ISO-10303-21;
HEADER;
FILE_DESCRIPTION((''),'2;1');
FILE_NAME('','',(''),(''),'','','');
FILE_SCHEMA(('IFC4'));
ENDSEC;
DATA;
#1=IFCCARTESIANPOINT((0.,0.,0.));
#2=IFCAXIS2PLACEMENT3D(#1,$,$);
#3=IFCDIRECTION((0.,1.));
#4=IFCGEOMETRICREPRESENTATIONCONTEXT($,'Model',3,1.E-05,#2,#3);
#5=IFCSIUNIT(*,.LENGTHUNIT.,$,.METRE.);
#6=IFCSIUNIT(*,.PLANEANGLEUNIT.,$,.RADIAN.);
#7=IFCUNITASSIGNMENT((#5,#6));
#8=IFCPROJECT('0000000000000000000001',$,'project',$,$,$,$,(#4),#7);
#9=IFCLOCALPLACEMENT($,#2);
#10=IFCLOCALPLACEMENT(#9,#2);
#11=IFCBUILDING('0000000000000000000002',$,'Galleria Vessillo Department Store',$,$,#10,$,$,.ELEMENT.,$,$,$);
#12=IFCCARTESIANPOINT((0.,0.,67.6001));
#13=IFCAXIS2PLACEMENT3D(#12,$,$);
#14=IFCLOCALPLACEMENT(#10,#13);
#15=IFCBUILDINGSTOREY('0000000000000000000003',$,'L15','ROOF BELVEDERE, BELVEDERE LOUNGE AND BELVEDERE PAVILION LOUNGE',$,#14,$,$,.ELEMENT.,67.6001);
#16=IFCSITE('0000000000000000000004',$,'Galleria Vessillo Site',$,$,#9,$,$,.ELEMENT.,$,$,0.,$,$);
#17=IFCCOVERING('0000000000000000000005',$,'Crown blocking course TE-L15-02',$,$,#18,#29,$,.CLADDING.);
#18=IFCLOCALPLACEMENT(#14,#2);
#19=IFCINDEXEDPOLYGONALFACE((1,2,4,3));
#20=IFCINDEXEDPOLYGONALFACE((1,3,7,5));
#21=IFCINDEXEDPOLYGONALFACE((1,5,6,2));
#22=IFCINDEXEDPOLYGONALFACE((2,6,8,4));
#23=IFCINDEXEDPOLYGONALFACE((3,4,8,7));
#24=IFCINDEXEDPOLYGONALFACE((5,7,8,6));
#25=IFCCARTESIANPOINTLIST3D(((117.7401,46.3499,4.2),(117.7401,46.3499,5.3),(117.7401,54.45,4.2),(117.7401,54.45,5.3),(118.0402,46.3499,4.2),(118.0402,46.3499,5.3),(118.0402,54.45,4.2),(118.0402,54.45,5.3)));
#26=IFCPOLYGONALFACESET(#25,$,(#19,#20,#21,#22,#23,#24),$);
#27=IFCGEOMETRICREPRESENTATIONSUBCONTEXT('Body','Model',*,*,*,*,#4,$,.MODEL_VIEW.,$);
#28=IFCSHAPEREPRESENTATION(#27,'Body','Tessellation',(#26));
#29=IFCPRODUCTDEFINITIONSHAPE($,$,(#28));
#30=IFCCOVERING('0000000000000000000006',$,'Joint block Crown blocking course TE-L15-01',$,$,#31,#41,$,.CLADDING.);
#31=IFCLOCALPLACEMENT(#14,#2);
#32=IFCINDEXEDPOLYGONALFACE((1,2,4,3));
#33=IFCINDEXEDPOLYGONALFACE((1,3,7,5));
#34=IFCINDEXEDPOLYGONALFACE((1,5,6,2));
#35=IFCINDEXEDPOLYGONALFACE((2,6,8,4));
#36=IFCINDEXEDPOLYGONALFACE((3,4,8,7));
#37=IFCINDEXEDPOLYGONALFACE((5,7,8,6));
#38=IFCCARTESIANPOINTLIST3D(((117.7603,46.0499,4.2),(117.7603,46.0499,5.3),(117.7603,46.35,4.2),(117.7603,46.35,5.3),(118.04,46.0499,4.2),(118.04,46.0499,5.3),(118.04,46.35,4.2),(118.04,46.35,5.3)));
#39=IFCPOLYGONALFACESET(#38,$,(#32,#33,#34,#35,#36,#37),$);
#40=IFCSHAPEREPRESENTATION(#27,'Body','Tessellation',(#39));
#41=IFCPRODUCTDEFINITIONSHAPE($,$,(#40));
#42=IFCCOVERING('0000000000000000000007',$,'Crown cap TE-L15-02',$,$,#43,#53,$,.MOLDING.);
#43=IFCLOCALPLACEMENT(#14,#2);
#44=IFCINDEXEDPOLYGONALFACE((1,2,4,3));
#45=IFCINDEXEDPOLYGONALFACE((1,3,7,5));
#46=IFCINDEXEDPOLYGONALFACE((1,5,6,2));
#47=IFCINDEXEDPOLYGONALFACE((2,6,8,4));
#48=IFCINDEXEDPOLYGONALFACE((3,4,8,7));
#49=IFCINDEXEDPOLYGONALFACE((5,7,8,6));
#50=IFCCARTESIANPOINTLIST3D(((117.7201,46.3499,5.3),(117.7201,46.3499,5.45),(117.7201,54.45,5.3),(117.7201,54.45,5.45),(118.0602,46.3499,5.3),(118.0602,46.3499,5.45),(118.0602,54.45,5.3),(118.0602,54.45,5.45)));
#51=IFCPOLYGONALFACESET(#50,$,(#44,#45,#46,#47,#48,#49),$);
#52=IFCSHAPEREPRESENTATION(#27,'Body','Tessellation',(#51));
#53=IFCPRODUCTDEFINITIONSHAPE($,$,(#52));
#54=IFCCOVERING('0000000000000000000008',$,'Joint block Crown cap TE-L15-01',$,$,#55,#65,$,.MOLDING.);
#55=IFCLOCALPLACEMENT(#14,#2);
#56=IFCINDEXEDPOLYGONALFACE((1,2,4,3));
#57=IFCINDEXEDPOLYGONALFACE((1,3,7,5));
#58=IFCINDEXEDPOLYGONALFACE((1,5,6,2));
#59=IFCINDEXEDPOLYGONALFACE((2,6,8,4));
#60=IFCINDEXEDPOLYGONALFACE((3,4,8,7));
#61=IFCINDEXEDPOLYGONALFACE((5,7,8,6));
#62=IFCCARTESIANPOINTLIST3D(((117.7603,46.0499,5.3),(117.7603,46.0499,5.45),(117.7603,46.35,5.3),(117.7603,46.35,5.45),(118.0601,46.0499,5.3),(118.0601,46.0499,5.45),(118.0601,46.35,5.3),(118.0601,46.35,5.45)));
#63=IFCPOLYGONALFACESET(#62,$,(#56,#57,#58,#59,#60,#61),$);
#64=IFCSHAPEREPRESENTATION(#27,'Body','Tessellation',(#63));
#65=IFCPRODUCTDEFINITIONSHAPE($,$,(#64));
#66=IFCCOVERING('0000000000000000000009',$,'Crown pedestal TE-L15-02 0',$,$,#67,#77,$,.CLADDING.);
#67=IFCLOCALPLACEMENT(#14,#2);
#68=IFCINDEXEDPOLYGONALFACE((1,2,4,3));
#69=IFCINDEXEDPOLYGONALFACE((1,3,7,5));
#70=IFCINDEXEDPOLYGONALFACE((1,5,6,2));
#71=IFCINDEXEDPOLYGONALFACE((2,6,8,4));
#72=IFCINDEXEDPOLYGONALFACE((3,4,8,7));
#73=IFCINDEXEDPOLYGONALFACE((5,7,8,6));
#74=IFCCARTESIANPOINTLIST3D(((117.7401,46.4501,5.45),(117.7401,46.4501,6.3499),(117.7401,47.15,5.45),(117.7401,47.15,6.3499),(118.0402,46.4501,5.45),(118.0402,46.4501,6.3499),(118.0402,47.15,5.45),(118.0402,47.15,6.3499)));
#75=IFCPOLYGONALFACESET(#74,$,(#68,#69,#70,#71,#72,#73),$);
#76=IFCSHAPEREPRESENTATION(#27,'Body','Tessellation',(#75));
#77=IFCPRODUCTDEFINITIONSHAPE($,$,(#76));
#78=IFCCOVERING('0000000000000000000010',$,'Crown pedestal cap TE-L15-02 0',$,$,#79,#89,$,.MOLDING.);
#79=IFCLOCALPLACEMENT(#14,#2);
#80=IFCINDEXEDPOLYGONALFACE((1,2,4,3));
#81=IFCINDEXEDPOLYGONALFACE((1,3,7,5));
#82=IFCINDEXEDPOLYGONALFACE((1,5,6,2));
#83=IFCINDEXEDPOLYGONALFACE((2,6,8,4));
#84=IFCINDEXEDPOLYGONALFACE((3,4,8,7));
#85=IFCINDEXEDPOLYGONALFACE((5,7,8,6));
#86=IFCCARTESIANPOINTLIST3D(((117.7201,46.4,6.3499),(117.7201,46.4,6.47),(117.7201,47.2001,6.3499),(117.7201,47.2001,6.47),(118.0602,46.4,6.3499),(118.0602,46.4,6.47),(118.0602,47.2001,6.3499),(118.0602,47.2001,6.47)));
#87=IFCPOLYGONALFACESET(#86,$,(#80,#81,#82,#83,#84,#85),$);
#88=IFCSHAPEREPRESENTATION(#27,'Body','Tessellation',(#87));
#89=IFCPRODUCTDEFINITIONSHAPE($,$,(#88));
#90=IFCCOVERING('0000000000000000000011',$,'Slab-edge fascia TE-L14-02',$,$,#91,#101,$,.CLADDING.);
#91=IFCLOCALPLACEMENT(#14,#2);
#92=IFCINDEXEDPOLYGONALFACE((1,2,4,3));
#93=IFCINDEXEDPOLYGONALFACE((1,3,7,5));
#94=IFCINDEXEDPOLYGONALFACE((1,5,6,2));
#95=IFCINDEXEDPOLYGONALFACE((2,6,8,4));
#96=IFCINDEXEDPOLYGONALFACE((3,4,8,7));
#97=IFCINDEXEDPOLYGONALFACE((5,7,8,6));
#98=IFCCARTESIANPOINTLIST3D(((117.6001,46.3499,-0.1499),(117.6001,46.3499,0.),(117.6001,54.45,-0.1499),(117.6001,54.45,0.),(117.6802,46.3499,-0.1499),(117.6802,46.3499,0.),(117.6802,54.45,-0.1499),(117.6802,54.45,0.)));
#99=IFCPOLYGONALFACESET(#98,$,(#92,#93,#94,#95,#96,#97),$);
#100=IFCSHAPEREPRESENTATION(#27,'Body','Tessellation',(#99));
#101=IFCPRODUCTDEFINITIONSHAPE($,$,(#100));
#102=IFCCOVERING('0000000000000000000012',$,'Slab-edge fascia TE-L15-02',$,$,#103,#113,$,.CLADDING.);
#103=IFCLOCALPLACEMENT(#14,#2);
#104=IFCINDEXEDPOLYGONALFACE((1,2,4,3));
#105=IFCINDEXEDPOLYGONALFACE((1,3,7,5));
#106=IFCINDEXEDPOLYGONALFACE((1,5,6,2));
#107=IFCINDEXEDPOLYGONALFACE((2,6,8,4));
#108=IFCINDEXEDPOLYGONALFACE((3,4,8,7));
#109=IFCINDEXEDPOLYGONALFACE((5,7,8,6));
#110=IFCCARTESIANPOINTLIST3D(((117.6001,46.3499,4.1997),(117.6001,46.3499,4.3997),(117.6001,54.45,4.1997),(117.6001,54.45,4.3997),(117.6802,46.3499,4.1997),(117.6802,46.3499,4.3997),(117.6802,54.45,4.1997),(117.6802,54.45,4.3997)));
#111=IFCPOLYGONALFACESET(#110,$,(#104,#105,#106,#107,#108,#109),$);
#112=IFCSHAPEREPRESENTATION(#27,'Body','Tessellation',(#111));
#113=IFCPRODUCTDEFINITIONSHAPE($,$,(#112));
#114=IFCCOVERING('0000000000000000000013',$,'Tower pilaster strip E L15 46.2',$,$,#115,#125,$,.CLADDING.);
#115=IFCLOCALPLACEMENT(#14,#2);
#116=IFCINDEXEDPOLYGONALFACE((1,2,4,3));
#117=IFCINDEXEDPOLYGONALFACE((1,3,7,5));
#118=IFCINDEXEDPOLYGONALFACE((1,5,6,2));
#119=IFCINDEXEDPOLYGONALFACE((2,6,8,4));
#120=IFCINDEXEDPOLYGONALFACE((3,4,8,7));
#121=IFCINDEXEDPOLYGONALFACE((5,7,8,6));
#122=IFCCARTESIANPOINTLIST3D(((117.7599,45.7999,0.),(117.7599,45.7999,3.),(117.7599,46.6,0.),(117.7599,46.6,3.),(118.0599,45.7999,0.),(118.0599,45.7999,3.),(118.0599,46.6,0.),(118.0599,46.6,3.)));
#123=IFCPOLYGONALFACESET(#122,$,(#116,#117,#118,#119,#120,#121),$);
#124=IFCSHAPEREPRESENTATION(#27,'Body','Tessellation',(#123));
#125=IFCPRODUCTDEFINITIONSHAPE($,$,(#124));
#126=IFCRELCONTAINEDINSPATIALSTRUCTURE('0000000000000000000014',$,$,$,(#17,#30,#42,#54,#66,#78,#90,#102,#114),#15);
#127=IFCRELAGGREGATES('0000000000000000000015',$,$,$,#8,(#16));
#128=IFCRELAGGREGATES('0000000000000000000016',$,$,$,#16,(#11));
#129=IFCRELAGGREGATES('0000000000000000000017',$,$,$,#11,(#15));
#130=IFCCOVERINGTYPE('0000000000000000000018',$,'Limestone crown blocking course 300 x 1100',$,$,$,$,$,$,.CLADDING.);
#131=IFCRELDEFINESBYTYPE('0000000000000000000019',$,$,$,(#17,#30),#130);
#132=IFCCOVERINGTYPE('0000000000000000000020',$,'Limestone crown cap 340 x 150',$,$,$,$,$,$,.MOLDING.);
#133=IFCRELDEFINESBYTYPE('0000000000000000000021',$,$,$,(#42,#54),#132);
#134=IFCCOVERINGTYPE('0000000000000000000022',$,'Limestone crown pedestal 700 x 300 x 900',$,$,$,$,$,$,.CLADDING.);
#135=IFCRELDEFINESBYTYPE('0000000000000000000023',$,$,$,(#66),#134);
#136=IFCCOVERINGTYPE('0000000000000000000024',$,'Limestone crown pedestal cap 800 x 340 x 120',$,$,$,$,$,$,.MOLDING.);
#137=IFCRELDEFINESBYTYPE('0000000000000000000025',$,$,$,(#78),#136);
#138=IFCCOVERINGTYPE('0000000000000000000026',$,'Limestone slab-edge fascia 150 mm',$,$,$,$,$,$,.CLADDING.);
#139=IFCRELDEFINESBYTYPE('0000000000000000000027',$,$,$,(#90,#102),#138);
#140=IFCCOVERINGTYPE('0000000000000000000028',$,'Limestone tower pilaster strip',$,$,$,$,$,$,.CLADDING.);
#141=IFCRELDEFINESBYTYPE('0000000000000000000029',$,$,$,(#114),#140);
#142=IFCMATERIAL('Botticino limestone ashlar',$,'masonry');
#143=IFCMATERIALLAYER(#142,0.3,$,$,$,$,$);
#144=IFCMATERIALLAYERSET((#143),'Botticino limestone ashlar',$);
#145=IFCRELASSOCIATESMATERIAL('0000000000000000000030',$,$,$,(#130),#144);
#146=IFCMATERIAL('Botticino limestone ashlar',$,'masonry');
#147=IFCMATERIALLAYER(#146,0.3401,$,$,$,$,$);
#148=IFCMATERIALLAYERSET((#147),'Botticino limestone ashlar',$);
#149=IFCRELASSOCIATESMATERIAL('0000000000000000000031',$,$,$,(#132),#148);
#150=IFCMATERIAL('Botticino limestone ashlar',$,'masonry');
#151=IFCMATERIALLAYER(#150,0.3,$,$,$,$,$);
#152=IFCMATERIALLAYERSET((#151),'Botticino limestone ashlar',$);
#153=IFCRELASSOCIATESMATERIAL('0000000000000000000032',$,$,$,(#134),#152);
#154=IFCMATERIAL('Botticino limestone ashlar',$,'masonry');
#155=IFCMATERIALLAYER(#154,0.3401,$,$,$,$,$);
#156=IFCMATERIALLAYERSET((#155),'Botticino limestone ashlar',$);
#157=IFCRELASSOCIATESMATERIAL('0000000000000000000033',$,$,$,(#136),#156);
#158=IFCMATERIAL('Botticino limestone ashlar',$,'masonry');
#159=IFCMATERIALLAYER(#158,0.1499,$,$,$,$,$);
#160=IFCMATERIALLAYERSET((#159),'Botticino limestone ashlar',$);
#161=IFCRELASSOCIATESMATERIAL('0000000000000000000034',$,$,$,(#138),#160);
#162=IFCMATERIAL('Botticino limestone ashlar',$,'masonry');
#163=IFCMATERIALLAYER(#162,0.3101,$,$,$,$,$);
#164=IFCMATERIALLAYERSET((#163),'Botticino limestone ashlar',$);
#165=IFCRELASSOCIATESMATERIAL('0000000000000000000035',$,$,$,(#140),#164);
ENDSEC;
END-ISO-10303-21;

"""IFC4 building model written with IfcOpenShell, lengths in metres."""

from ifc_helpers import new_model, si_unit, direction, frame, origin, origin_2d, place, context, subcontext, project, spatial, rectangle, extrude, material, layer, layer_set, type_object, element, save


model = new_model("IFC4")

# Units and contexts
model_context = context("Model", 3, precision=1e-05, world=origin(), true_north=direction((0.0, 1.0)))
body_context = subcontext(model_context, "Body", "Model", "MODEL_VIEW")
ifc_project = project(units=[si_unit("LENGTHUNIT", "METRE"), si_unit("PLANEANGLEUNIT", "RADIAN")], contexts=[model_context])

# Site, building, storey
site_placement = place(None, origin())
site = spatial("IfcSite", under=ifc_project, at=site_placement, Name="Galleria Vessillo Site", CompositionType="ELEMENT", RefElevation=0.0)
building_placement = place(site_placement, origin())
building = spatial("IfcBuilding", under=site, at=building_placement, Name="Galleria Vessillo Department Store", CompositionType="ELEMENT")
storey_placement = place(building_placement, frame((0.0, 0.0, 67.6001)))
storey = spatial("IfcBuildingStorey", under=building, at=storey_placement, Name="L15", Description="ROOF BELVEDERE, BELVEDERE LOUNGE AND BELVEDERE PAVILION LOUNGE", CompositionType="ELEMENT", Elevation=67.6001)

# Coverings
ifc_material_1 = material(Name="Botticino limestone ashlar", Category="masonry")
ifc_layer_1 = layer(ifc_material_1, 0.3)
ifc_layer_set_1 = layer_set([ifc_layer_1], Name="Botticino limestone ashlar")
covering_type_1 = type_object("IfcCoveringType", Name="Limestone crown blocking course 300 x 1100", PredefinedType="CLADDING", material=ifc_layer_set_1)
covering_1_placement = place(storey_placement, frame((117.8901, 50.3999, 4.2), z_axis=(0.0, 0.0, 1.0), x_axis=(1.0, 0.0, 0.0)))
element("IfcCovering", 1, at=covering_1_placement, inside=storey, type_object=covering_type_1, Name="Crown blocking course TE-L15-02", PredefinedType="CLADDING", context=body_context, shape_type="SweptSolid", body=[
    extrude(rectangle(XDim=0.3, YDim=8.1001, at=origin_2d()), origin(), (0.0, 0.0, 1.0), 1.1001),
])
covering_2_placement = place(storey_placement, frame((117.9001, 46.2, 4.2), z_axis=(0.0, 0.0, 1.0), x_axis=(1.0, 0.0, 0.0)))
element("IfcCovering", 2, at=covering_2_placement, inside=storey, type_object=covering_type_1, Name="Joint block Crown blocking course TE-L15-01", PredefinedType="CLADDING", context=body_context, shape_type="SweptSolid", body=[
    extrude(rectangle(XDim=0.2798, YDim=0.3, at=origin_2d()), origin(), (0.0, 0.0, 1.0), 1.1001),
])
ifc_material_2 = material(Name="Botticino limestone ashlar", Category="masonry")
ifc_layer_2 = layer(ifc_material_2, 0.3401)
ifc_layer_set_2 = layer_set([ifc_layer_2], Name="Botticino limestone ashlar")
covering_type_2 = type_object("IfcCoveringType", Name="Limestone crown cap 340 x 150", PredefinedType="MOLDING", material=ifc_layer_set_2)
covering_3_placement = place(storey_placement, frame((117.8901, 50.3999, 5.3), z_axis=(0.0, 0.0, 1.0), x_axis=(1.0, 0.0, 0.0)))
element("IfcCovering", 3, at=covering_3_placement, inside=storey, type_object=covering_type_2, Name="Crown cap TE-L15-02", PredefinedType="MOLDING", context=body_context, shape_type="SweptSolid", body=[
    extrude(rectangle(XDim=0.3401, YDim=8.1001, at=origin_2d()), origin(), (0.0, 0.0, 1.0), 0.1499),
])
covering_4_placement = place(storey_placement, frame((117.9102, 46.2, 5.3), z_axis=(0.0, 0.0, 1.0), x_axis=(1.0, 0.0, 0.0)))
element("IfcCovering", 4, at=covering_4_placement, inside=storey, type_object=covering_type_2, Name="Joint block Crown cap TE-L15-01", PredefinedType="MOLDING", context=body_context, shape_type="SweptSolid", body=[
    extrude(rectangle(XDim=0.2998, YDim=0.3, at=origin_2d()), origin(), (0.0, 0.0, 1.0), 0.1499),
])
ifc_material_3 = material(Name="Botticino limestone ashlar", Category="masonry")
ifc_layer_3 = layer(ifc_material_3, 0.3)
ifc_layer_set_3 = layer_set([ifc_layer_3], Name="Botticino limestone ashlar")
covering_type_3 = type_object("IfcCoveringType", Name="Limestone crown pedestal 700 x 300 x 900", PredefinedType="CLADDING", material=ifc_layer_set_3)
covering_5_placement = place(storey_placement, frame((117.8901, 46.8, 5.45), z_axis=(0.0, 0.0, 1.0), x_axis=(1.0, 0.0, 0.0)))
element("IfcCovering", 5, at=covering_5_placement, inside=storey, type_object=covering_type_3, Name="Crown pedestal TE-L15-02 0", PredefinedType="CLADDING", context=body_context, shape_type="SweptSolid", body=[
    extrude(rectangle(XDim=0.3, YDim=0.7, at=origin_2d()), origin(), (0.0, 0.0, 1.0), 0.8999),
])
ifc_material_4 = material(Name="Botticino limestone ashlar", Category="masonry")
ifc_layer_4 = layer(ifc_material_4, 0.3401)
ifc_layer_set_4 = layer_set([ifc_layer_4], Name="Botticino limestone ashlar")
covering_type_4 = type_object("IfcCoveringType", Name="Limestone crown pedestal cap 800 x 340 x 120", PredefinedType="MOLDING", material=ifc_layer_set_4)
covering_6_placement = place(storey_placement, frame((117.8901, 46.8, 6.3499), z_axis=(0.0, 0.0, 1.0), x_axis=(1.0, 0.0, 0.0)))
element("IfcCovering", 6, at=covering_6_placement, inside=storey, type_object=covering_type_4, Name="Crown pedestal cap TE-L15-02 0", PredefinedType="MOLDING", context=body_context, shape_type="SweptSolid", body=[
    extrude(rectangle(XDim=0.3401, YDim=0.8, at=origin_2d()), origin(), (0.0, 0.0, 1.0), 0.1201),
])
ifc_material_5 = material(Name="Botticino limestone ashlar", Category="masonry")
ifc_layer_5 = layer(ifc_material_5, 0.1499)
ifc_layer_set_5 = layer_set([ifc_layer_5], Name="Botticino limestone ashlar")
covering_type_5 = type_object("IfcCoveringType", Name="Limestone slab-edge fascia 150 mm", PredefinedType="CLADDING", material=ifc_layer_set_5)
covering_7_placement = place(storey_placement, frame((117.6401, 50.3999, -0.1499), z_axis=(0.0, 0.0, 1.0), x_axis=(1.0, 0.0, 0.0)))
element("IfcCovering", 7, at=covering_7_placement, inside=storey, type_object=covering_type_5, Name="Slab-edge fascia TE-L14-02", PredefinedType="CLADDING", context=body_context, shape_type="SweptSolid", body=[
    extrude(rectangle(XDim=0.0801, YDim=8.1001, at=origin_2d()), origin(), (0.0, 0.0, 1.0), 0.1499),
])
covering_8_placement = place(storey_placement, frame((117.6401, 50.3999, 4.1997), z_axis=(0.0, 0.0, 1.0), x_axis=(1.0, 0.0, 0.0)))
element("IfcCovering", 8, at=covering_8_placement, inside=storey, type_object=covering_type_5, Name="Slab-edge fascia TE-L15-02", PredefinedType="CLADDING", context=body_context, shape_type="SweptSolid", body=[
    extrude(rectangle(XDim=0.0801, YDim=8.1001, at=origin_2d()), origin(), (0.0, 0.0, 1.0), 0.2),
])
ifc_material_6 = material(Name="Botticino limestone ashlar", Category="masonry")
ifc_layer_6 = layer(ifc_material_6, 0.3101)
ifc_layer_set_6 = layer_set([ifc_layer_6], Name="Botticino limestone ashlar")
covering_type_6 = type_object("IfcCoveringType", Name="Limestone tower pilaster strip", PredefinedType="CLADDING", material=ifc_layer_set_6)
covering_9_placement = place(storey_placement, frame((117.9099, 46.2, 0.0), z_axis=(0.0, 0.0, 1.0), x_axis=(1.0, 0.0, 0.0)))
element("IfcCovering", 9, at=covering_9_placement, inside=storey, type_object=covering_type_6, Name="Tower pilaster strip E L15 46.2", PredefinedType="CLADDING", context=body_context, shape_type="SweptSolid", body=[
    extrude(rectangle(XDim=0.3, YDim=0.8, at=origin_2d()), origin(), (0.0, 0.0, 1.0), 3.0),
])

save(model, "model.ifc")
